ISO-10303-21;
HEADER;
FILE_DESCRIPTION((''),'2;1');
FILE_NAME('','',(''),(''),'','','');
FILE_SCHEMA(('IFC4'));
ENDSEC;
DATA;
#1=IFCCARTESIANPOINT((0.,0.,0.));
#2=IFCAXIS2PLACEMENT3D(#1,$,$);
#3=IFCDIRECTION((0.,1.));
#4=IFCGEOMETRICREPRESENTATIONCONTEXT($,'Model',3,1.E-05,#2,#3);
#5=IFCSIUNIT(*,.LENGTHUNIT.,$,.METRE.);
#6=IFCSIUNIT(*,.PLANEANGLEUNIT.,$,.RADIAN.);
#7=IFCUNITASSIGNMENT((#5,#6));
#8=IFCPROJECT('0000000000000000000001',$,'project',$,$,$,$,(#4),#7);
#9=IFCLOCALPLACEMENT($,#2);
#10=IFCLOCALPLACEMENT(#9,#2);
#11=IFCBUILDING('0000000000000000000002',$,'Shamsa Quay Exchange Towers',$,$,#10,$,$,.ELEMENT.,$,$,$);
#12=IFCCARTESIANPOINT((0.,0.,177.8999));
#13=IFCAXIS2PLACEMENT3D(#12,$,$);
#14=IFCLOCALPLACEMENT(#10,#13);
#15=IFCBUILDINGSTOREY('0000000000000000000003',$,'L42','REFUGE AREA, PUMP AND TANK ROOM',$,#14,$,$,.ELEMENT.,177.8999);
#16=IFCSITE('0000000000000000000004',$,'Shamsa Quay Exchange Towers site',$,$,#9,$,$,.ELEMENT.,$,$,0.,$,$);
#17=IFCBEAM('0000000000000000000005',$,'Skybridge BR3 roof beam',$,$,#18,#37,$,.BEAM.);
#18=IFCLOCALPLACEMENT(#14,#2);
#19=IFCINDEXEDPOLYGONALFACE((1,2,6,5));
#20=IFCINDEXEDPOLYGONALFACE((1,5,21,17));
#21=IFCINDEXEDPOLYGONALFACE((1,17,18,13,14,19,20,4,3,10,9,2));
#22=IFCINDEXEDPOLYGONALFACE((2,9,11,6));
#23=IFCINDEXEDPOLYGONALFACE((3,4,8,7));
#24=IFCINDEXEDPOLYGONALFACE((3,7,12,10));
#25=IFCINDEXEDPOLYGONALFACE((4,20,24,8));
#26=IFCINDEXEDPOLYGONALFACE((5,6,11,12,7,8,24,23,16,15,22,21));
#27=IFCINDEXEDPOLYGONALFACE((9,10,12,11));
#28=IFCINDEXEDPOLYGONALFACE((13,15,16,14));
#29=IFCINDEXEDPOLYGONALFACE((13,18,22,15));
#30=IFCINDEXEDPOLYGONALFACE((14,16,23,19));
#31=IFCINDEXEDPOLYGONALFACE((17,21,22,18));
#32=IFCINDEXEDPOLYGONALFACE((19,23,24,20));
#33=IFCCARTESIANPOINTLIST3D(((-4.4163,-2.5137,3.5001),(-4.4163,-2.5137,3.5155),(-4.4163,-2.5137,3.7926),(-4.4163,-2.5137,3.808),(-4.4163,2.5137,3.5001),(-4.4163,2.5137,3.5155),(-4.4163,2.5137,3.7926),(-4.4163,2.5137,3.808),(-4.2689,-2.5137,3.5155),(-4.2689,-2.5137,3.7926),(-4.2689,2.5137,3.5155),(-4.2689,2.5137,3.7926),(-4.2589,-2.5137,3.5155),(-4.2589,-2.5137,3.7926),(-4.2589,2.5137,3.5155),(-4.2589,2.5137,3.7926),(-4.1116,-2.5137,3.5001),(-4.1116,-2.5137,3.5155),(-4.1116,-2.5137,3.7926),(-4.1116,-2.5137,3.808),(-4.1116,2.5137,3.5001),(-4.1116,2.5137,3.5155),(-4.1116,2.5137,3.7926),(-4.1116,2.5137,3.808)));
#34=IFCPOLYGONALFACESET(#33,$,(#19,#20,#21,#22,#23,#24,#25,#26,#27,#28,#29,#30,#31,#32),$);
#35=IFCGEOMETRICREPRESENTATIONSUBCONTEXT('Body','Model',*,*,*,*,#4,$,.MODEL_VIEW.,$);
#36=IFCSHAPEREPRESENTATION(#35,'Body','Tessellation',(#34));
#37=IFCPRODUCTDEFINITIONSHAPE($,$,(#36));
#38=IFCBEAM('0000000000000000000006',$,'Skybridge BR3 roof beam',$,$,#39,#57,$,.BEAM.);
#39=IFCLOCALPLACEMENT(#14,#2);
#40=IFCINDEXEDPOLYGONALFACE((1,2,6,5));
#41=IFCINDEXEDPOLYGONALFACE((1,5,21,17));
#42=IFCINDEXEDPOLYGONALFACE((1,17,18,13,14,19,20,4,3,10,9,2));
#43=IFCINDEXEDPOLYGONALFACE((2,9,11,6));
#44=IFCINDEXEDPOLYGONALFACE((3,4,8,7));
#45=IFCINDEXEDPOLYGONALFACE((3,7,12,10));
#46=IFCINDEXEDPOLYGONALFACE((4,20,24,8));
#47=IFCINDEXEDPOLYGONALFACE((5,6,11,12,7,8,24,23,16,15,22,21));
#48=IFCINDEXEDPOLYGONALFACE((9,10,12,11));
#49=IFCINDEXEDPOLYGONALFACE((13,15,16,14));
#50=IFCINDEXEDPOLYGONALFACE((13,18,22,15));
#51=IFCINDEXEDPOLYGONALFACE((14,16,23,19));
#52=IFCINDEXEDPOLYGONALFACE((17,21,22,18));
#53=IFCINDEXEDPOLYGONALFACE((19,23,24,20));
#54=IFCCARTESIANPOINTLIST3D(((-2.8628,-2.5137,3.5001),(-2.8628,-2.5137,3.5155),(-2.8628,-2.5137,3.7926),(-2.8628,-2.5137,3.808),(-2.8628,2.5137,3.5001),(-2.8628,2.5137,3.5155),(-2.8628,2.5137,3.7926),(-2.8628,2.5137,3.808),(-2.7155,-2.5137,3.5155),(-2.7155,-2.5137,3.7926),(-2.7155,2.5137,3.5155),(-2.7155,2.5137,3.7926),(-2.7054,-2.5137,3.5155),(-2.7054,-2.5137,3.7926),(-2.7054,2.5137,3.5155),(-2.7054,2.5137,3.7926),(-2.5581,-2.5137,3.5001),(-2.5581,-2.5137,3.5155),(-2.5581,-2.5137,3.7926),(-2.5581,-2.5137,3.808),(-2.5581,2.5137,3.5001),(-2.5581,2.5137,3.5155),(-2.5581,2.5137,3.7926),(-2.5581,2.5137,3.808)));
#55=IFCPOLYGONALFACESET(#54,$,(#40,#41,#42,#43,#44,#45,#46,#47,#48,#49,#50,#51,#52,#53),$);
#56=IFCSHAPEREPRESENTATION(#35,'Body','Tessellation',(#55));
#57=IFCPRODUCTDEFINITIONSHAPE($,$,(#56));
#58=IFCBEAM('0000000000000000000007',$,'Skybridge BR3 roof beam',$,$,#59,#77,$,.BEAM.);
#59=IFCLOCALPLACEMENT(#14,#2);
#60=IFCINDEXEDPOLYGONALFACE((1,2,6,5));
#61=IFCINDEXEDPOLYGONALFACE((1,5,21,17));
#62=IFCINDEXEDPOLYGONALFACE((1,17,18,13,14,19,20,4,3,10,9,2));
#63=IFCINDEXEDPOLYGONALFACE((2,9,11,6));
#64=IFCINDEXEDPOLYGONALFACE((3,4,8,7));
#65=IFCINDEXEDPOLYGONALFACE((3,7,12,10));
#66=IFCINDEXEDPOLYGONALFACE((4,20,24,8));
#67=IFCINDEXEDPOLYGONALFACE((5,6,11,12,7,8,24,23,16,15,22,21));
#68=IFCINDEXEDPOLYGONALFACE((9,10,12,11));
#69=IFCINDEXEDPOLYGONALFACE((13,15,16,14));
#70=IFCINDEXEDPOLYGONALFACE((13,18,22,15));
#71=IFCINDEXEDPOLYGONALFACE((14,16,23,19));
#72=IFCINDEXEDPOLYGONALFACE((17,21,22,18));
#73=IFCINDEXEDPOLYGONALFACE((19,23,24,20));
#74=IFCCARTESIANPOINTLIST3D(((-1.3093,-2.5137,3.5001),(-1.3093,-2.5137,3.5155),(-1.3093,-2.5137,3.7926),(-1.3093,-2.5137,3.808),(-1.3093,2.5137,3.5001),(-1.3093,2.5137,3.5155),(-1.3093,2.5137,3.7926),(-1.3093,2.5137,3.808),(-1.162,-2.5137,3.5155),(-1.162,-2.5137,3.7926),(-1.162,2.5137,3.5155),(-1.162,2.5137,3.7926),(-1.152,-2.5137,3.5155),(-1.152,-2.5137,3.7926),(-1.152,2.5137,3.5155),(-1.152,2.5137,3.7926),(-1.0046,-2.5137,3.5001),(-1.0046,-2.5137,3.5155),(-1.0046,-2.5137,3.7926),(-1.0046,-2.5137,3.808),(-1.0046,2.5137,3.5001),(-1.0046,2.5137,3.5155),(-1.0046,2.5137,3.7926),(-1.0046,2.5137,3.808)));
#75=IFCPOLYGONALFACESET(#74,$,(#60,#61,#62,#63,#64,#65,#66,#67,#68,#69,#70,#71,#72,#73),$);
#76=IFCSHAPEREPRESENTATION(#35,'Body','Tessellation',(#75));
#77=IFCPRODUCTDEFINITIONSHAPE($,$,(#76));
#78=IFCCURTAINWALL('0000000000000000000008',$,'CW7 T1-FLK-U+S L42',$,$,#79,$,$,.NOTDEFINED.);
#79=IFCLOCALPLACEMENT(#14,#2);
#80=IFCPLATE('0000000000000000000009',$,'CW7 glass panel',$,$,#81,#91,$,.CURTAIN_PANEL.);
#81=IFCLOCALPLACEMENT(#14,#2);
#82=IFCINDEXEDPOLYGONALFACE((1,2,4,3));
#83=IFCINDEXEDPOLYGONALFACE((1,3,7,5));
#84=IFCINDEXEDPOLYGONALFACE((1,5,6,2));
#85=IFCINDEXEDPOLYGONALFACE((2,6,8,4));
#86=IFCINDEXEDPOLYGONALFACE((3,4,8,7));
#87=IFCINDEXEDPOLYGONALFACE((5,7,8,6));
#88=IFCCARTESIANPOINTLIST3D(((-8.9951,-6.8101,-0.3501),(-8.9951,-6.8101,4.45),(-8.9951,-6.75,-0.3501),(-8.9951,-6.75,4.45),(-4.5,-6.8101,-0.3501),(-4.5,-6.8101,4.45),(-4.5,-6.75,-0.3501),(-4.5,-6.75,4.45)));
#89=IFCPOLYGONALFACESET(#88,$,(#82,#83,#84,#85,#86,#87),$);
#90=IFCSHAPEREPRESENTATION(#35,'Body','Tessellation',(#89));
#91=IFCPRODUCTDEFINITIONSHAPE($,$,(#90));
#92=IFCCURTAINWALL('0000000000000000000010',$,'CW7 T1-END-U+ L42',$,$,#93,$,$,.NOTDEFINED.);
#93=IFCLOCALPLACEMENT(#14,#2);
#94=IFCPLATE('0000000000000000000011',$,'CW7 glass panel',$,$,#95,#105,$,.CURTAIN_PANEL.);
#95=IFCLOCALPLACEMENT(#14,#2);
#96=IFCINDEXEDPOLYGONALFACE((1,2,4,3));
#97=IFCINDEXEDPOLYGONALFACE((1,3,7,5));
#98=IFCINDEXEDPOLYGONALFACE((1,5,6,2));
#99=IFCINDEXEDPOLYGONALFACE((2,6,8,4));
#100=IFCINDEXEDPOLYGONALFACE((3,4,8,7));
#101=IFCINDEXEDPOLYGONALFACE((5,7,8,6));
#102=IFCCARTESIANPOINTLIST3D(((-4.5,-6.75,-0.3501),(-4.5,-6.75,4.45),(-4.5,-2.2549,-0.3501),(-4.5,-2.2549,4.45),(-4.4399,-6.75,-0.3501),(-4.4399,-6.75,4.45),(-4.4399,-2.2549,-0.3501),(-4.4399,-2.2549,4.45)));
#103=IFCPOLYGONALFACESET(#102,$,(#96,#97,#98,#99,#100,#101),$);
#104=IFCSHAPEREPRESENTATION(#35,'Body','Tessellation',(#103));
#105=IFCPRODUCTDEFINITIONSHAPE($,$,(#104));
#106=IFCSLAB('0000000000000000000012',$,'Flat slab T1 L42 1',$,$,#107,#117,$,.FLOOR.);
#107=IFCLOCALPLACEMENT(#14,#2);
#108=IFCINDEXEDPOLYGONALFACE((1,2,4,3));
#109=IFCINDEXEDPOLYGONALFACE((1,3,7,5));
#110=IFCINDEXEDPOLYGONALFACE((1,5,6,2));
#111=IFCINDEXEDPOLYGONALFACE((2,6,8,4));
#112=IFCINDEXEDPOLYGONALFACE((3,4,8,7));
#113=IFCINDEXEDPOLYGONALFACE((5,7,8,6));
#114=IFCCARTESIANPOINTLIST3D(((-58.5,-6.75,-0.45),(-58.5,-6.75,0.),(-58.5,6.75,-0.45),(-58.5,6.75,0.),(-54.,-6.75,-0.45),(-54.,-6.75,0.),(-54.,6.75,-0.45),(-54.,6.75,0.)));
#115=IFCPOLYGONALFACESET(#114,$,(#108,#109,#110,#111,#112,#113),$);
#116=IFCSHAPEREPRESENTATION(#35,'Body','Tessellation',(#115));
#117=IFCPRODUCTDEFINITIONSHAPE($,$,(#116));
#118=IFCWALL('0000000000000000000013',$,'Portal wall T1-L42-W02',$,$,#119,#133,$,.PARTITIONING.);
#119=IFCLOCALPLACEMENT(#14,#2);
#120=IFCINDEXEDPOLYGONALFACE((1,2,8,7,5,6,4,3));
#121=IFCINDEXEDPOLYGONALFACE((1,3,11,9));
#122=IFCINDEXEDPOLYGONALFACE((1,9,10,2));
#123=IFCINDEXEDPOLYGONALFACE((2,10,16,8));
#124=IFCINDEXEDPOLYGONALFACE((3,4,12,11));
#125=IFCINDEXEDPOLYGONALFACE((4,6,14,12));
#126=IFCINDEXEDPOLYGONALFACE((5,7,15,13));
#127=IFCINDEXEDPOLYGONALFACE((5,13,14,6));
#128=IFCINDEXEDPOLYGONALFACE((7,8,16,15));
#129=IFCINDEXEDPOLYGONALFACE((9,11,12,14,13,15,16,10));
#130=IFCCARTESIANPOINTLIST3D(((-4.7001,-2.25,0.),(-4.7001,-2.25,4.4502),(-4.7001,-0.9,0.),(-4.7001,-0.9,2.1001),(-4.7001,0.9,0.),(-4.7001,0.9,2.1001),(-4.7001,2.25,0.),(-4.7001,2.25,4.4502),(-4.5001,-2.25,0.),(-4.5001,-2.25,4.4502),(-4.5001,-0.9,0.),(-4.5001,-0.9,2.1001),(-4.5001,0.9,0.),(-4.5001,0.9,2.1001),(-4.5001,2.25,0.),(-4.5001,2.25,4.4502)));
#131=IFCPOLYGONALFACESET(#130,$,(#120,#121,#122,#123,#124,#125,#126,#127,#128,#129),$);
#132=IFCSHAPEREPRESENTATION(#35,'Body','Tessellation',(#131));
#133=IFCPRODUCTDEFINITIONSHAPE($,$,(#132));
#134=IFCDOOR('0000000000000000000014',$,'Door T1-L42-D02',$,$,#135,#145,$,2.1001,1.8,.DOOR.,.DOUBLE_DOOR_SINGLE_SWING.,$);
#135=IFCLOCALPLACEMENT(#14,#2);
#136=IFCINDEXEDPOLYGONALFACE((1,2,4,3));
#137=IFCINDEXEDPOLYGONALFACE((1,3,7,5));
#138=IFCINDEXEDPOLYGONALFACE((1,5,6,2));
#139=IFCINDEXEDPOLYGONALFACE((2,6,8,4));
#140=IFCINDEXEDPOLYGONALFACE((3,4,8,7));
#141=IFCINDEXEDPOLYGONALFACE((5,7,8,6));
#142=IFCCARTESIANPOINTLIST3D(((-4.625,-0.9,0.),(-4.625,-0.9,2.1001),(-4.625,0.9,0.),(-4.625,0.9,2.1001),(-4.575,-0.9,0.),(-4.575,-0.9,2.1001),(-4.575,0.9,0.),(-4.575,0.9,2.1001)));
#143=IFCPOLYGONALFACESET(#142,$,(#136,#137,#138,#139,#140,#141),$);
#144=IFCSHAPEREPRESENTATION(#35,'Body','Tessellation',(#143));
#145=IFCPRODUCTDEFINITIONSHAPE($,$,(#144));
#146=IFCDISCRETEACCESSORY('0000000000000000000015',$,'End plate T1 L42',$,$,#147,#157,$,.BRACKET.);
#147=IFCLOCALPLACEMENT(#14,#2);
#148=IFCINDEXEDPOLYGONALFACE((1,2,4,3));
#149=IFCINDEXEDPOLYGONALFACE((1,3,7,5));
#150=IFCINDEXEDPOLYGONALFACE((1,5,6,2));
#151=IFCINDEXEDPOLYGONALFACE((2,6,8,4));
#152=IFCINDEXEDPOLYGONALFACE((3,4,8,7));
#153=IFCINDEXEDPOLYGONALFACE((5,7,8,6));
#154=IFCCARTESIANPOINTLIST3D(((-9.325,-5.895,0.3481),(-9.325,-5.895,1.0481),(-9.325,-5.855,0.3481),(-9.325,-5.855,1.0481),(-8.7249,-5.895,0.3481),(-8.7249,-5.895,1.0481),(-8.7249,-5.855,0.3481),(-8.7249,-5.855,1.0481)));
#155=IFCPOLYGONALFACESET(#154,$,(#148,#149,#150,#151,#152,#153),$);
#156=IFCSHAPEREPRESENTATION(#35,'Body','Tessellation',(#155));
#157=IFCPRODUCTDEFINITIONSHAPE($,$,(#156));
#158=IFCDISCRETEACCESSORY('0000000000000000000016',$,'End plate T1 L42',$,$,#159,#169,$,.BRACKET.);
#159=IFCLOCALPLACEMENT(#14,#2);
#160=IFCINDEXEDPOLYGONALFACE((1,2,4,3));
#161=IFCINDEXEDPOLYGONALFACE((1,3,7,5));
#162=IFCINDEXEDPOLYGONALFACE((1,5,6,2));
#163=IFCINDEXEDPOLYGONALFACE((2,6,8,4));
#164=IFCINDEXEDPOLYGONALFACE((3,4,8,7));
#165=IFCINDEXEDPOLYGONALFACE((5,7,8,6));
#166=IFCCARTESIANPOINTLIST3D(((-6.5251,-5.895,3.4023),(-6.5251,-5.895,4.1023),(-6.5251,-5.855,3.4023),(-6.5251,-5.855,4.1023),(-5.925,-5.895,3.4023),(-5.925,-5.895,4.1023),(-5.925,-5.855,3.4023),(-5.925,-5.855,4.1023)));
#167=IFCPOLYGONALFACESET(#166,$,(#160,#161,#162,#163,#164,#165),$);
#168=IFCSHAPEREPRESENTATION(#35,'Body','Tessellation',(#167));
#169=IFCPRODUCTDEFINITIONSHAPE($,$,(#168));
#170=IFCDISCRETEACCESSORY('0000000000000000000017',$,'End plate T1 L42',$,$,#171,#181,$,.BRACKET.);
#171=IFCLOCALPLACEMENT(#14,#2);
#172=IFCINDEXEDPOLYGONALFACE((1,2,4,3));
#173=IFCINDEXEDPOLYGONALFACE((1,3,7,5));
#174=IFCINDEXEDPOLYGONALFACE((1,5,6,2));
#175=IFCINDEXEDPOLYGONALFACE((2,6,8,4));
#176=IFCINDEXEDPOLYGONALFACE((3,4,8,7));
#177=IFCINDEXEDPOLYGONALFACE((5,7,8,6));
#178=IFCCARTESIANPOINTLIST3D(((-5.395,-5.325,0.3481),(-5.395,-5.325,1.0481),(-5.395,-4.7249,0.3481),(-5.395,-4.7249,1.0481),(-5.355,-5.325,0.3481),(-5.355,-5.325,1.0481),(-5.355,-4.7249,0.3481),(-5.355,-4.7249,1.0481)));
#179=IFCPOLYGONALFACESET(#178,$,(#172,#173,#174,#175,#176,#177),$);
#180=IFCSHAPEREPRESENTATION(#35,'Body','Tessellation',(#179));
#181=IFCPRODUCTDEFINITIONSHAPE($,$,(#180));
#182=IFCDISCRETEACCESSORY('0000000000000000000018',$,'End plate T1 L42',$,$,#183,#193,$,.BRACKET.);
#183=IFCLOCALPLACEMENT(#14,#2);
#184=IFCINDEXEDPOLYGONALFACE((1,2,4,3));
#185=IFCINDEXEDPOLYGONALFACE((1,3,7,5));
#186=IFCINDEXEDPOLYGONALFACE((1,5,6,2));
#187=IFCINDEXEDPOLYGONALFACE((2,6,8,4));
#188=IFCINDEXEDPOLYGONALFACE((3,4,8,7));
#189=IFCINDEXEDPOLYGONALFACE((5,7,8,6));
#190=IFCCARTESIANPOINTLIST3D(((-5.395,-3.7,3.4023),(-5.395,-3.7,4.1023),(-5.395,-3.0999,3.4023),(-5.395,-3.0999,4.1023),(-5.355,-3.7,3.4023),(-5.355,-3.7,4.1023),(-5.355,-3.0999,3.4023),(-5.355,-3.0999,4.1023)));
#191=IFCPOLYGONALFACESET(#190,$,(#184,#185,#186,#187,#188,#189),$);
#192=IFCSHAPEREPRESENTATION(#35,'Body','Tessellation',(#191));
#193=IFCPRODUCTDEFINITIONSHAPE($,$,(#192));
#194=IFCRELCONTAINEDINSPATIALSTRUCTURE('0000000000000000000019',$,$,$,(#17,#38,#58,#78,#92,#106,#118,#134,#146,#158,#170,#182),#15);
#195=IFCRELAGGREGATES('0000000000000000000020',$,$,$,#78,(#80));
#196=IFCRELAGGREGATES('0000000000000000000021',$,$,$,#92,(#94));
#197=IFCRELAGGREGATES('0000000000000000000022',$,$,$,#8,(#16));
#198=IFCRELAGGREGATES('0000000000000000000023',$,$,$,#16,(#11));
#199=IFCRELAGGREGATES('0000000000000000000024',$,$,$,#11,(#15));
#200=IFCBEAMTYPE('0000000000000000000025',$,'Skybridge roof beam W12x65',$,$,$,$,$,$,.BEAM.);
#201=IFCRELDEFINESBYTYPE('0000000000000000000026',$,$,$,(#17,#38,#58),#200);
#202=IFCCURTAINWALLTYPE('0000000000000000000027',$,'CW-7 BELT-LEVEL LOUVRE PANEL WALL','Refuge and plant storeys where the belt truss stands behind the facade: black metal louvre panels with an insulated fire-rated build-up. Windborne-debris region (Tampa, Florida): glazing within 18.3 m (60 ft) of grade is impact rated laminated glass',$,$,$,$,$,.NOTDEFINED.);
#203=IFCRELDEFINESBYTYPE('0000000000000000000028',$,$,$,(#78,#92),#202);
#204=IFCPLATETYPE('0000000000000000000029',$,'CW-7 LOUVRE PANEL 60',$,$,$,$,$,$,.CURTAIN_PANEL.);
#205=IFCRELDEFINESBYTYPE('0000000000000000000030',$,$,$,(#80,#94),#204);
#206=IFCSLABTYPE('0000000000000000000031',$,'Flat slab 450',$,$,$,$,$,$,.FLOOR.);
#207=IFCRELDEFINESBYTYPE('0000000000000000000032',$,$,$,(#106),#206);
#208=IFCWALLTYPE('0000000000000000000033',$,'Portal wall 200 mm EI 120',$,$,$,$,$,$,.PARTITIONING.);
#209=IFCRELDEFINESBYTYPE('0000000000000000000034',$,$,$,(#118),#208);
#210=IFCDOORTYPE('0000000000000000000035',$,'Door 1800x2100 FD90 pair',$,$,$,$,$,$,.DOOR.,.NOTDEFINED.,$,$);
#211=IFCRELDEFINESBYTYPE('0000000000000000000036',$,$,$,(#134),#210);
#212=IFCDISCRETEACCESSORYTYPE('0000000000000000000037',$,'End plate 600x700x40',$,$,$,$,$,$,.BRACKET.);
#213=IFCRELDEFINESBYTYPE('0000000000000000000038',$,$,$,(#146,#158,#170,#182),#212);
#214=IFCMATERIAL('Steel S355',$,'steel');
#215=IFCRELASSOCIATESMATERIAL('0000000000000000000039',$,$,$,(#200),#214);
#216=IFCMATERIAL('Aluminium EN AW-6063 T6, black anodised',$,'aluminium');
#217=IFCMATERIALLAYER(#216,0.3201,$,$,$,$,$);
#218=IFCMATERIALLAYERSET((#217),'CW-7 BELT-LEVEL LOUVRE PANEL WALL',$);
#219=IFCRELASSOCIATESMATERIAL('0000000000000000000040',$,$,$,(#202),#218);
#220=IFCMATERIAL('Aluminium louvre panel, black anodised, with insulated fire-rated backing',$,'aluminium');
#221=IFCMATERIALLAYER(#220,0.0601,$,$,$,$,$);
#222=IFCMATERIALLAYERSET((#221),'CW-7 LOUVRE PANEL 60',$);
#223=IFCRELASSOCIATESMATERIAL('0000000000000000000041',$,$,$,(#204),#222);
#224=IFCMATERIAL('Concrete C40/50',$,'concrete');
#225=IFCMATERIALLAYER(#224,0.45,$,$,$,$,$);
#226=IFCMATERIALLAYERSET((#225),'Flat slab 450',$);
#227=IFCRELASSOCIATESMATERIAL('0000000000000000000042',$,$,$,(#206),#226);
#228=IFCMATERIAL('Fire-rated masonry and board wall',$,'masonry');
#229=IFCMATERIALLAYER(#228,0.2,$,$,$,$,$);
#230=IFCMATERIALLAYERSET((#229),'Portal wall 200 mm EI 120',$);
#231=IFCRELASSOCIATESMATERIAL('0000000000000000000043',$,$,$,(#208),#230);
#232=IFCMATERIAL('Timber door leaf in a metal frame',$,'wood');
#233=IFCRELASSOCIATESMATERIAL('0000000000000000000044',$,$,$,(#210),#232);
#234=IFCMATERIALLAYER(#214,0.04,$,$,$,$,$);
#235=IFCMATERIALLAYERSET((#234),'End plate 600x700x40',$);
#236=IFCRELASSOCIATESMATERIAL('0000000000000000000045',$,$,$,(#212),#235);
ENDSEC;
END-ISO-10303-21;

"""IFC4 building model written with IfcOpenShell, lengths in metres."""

from ifc_helpers import new_model, si_unit, direction, frame, frame_2d, origin, origin_2d, place, context, subcontext, project, spatial, polyline, rectangle, i_section, outline, extrude, material, layer, layer_set, material_profile, profile_set, type_object, element, fill, aggregate, save


model = new_model("IFC4")

# Units and contexts
model_context = context("Model", 3, precision=1e-05, world=origin(), true_north=direction((0.0, 1.0)))
body_context = subcontext(model_context, "Body", "Model", "MODEL_VIEW")
ifc_project = project(units=[si_unit("LENGTHUNIT", "METRE"), si_unit("PLANEANGLEUNIT", "RADIAN")], contexts=[model_context])

# Site, building, storey
site_placement = place(None, origin())
site = spatial("IfcSite", under=ifc_project, at=site_placement, Name="Shamsa Quay Exchange Towers site", CompositionType="ELEMENT", RefElevation=0.0)
building_placement = place(site_placement, origin())
building = spatial("IfcBuilding", under=site, at=building_placement, Name="Shamsa Quay Exchange Towers", CompositionType="ELEMENT")
storey_placement = place(building_placement, frame((0.0, 0.0, 177.8999)))
storey = spatial("IfcBuildingStorey", under=building, at=storey_placement, Name="L42", Description="REFUGE AREA, PUMP AND TANK ROOM", CompositionType="ELEMENT", Elevation=177.8999)

# Shared definitions
ifc_material_1 = material(Name="Steel S355", Category="steel")

# Beams
ifc_material_profile_1 = material_profile(ifc_material_1, i_section(OverallWidth=0.3047, OverallDepth=0.3079, WebThickness=0.01, FlangeThickness=0.0154, at=origin_2d()), Name="W12x65")
ifc_profile_set_1 = profile_set([ifc_material_profile_1], Name="Steel S355")
beam_type_1 = type_object("IfcBeamType", Name="Skybridge roof beam W12x65", PredefinedType="BEAM", material=ifc_profile_set_1)
for number, where, z_axis, x_axis, name in (
    (1, (-4.2639, -2.5137, 3.6541), (0.0, 1.0, 0.0), (-1.0, 0.0, 0.0), "Skybridge BR3 roof beam"),
    (2, (-2.7104, -2.5137, 3.6541), (0.0, 1.0, 0.0), (-1.0, 0.0, 0.0), "Skybridge BR3 roof beam"),
    (3, (-1.157, -2.5137, 3.6541), (0.0, 1.0, 0.0), (-1.0, 0.0, 0.0), "Skybridge BR3 roof beam"),
):
    element("IfcBeam", number, at=place(storey_placement, frame(where, z_axis=z_axis, x_axis=x_axis)), inside=storey, type_object=beam_type_1, Name=name, PredefinedType="BEAM", context=body_context, shape_type="SweptSolid", body=[
        extrude(i_section(OverallWidth=0.3047, OverallDepth=0.3079, WebThickness=0.01, FlangeThickness=0.0154, at=origin_2d()), origin(), (0.0, 0.0, 1.0), 5.0273),
    ])

# Curtain walls, plates
ifc_material_2 = material(Name="Aluminium EN AW-6063 T6, black anodised", Category="aluminium")
ifc_layer_1 = layer(ifc_material_2, 0.3201)
ifc_layer_set_1 = layer_set([ifc_layer_1], Name="CW-7 BELT-LEVEL LOUVRE PANEL WALL")
curtain_wall_type = type_object("IfcCurtainWallType", Name="CW-7 BELT-LEVEL LOUVRE PANEL WALL", Description="Refuge and plant storeys where the belt truss stands behind the facade: black metal louvre panels with an insulated fire-rated build-up. Windborne-debris region (Tampa, Florida): glazing within 18.3 m (60 ft) of grade is impact rated laminated glass", PredefinedType="NOTDEFINED", material=ifc_layer_set_1)
curtain_wall_1_placement = place(storey_placement, origin())
curtain_wall_1 = element("IfcCurtainWall", 4, at=curtain_wall_1_placement, inside=storey, type_object=curtain_wall_type, Name="CW7 T1-FLK-U+S L42", PredefinedType="NOTDEFINED")
ifc_material_3 = material(Name="Aluminium louvre panel, black anodised, with insulated fire-rated backing", Category="aluminium")
ifc_layer_2 = layer(ifc_material_3, 0.0601)
ifc_layer_set_2 = layer_set([ifc_layer_2], Name="CW-7 LOUVRE PANEL 60")
plate_type = type_object("IfcPlateType", Name="CW-7 LOUVRE PANEL 60", PredefinedType="CURTAIN_PANEL", material=ifc_layer_set_2)
plate_1_placement = place(storey_placement, frame((-6.7476, -6.78, -0.3501)))
plate_1 = element("IfcPlate", 5, at=plate_1_placement, type_object=plate_type, Name="CW7 glass panel", PredefinedType="CURTAIN_PANEL", context=body_context, shape_type="SweptSolid", body=[
    extrude(rectangle(XDim=4.4951, YDim=0.0601, at=origin_2d()), origin(), (0.0, 0.0, 1.0), 4.8),
])
aggregate(curtain_wall_1, [plate_1])
curtain_wall_2_placement = place(storey_placement, origin())
curtain_wall_2 = element("IfcCurtainWall", 6, at=curtain_wall_2_placement, inside=storey, type_object=curtain_wall_type, Name="CW7 T1-END-U+ L42", PredefinedType="NOTDEFINED")
plate_2_placement = place(storey_placement, frame((-4.47, -4.5024, -0.3501), z_axis=(0.0, 0.0, 1.0), x_axis=(0.0, 1.0, 0.0)))
plate_2 = element("IfcPlate", 7, at=plate_2_placement, type_object=plate_type, Name="CW7 glass panel", PredefinedType="CURTAIN_PANEL", context=body_context, shape_type="SweptSolid", body=[
    extrude(rectangle(XDim=4.4951, YDim=0.0601, at=origin_2d()), origin(), (0.0, 0.0, 1.0), 4.8),
])
aggregate(curtain_wall_2, [plate_2])

# Slab
ifc_material_4 = material(Name="Concrete C40/50", Category="concrete")
ifc_layer_3 = layer(ifc_material_4, 0.45)
ifc_layer_set_3 = layer_set([ifc_layer_3], Name="Flat slab 450")
slab_type = type_object("IfcSlabType", Name="Flat slab 450", PredefinedType="FLOOR", material=ifc_layer_set_3)
slab_placement = place(storey_placement, frame((0.0, 0.0, -0.45)))
element("IfcSlab", 8, at=slab_placement, inside=storey, type_object=slab_type, Name="Flat slab T1 L42 1", PredefinedType="FLOOR", context=body_context, shape_type="SweptSolid", body=[
    extrude(outline(polyline([(-58.5, -6.75), (-54.0, -6.75), (-54.0, 6.75), (-58.5, 6.75), (-58.5, -6.75)])), origin(), (0.0, 0.0, 1.0), 0.45),
])

# Wall, opening, door
ifc_material_5 = material(Name="Fire-rated masonry and board wall", Category="masonry")
ifc_layer_4 = layer(ifc_material_5, 0.2)
ifc_layer_set_4 = layer_set([ifc_layer_4], Name="Portal wall 200 mm EI 120")
wall_type = type_object("IfcWallType", Name="Portal wall 200 mm EI 120", PredefinedType="PARTITIONING", material=ifc_layer_set_4)
wall_placement = place(storey_placement, frame((-4.6001, -2.25, 0.0), z_axis=(0.0, 0.0, 1.0), x_axis=(0.0, 1.0, 0.0)))
wall = element("IfcWall", 9, at=wall_placement, inside=storey, type_object=wall_type, Name="Portal wall T1-L42-W02", PredefinedType="PARTITIONING", context=body_context, shape_type="SweptSolid", body=[
    extrude(rectangle(XDim=4.5, YDim=0.2, at=frame_2d((2.25, 0.0))), origin(), (0.0, 0.0, 1.0), 4.4502),
])
opening_placement = place(wall_placement, frame((1.3501, 0.0, 0.0)))
opening = element("IfcOpeningElement", 10, at=opening_placement, cuts=wall, PredefinedType="OPENING", context=body_context, shape_type="SweptSolid", body=[
    extrude(rectangle(XDim=1.8, YDim=2.1001, at=frame_2d((0.8999, 1.05))), frame((0.0, 0.1099, 0.0), z_axis=(0.0, -1.0, 0.0), x_axis=(1.0, 0.0, 0.0)), (0.0, 0.0, 1.0), 0.22),
])
ifc_material_6 = material(Name="Timber door leaf in a metal frame", Category="wood")
door_type = type_object("IfcDoorType", Name="Door 1800x2100 FD90 pair", OperationType="NOTDEFINED", PredefinedType="DOOR", material=ifc_material_6)
door_placement = place(opening_placement, origin())
door = element("IfcDoor", 11, at=door_placement, inside=storey, type_object=door_type, Name="Door T1-L42-D02", OperationType="DOUBLE_DOOR_SINGLE_SWING", OverallHeight=2.1001, OverallWidth=1.8, PredefinedType="DOOR", context=body_context, shape_type="SweptSolid", body=[
    extrude(rectangle(XDim=1.8, YDim=2.1001, at=frame_2d((0.8999, 1.05))), frame((0.0, 0.0249, 0.0), z_axis=(0.0, -1.0, 0.0), x_axis=(1.0, 0.0, 0.0)), (0.0, 0.0, 1.0), 0.05),
])
fill(opening, door)

# Discrete accessories
ifc_layer_5 = layer(ifc_material_1, 0.04)
ifc_layer_set_5 = layer_set([ifc_layer_5], Name="End plate 600x700x40")
discrete_accessory_type = type_object("IfcDiscreteAccessoryType", Name="End plate 600x700x40", PredefinedType="BRACKET", material=ifc_layer_set_5)
for number, where, name in (
    (12, (-9.0249, -5.875, 0.3481), "End plate T1 L42"),
    (13, (-6.2251, -5.875, 3.4023), "End plate T1 L42"),
):
    element("IfcDiscreteAccessory", number, at=place(storey_placement, frame(where)), inside=storey, type_object=discrete_accessory_type, Name=name, PredefinedType="BRACKET", context=body_context, shape_type="SweptSolid", body=[
        extrude(rectangle(XDim=0.6001, YDim=0.04, at=origin_2d()), origin(), (0.0, 0.0, 1.0), 0.7),
    ])
for number, where, z_axis, x_axis, name in (
    (14, (-5.375, -5.0249, 0.3481), (0.0, 0.0, 1.0), (0.0, 1.0, 0.0), "End plate T1 L42"),
    (15, (-5.375, -3.3999, 3.4023), (0.0, 0.0, 1.0), (0.0, 1.0, 0.0), "End plate T1 L42"),
):
    element("IfcDiscreteAccessory", number, at=place(storey_placement, frame(where, z_axis=z_axis, x_axis=x_axis)), inside=storey, type_object=discrete_accessory_type, Name=name, PredefinedType="BRACKET", context=body_context, shape_type="SweptSolid", body=[
        extrude(rectangle(XDim=0.6001, YDim=0.04, at=origin_2d()), origin(), (0.0, 0.0, 1.0), 0.7),
    ])

save(model, "model.ifc")
